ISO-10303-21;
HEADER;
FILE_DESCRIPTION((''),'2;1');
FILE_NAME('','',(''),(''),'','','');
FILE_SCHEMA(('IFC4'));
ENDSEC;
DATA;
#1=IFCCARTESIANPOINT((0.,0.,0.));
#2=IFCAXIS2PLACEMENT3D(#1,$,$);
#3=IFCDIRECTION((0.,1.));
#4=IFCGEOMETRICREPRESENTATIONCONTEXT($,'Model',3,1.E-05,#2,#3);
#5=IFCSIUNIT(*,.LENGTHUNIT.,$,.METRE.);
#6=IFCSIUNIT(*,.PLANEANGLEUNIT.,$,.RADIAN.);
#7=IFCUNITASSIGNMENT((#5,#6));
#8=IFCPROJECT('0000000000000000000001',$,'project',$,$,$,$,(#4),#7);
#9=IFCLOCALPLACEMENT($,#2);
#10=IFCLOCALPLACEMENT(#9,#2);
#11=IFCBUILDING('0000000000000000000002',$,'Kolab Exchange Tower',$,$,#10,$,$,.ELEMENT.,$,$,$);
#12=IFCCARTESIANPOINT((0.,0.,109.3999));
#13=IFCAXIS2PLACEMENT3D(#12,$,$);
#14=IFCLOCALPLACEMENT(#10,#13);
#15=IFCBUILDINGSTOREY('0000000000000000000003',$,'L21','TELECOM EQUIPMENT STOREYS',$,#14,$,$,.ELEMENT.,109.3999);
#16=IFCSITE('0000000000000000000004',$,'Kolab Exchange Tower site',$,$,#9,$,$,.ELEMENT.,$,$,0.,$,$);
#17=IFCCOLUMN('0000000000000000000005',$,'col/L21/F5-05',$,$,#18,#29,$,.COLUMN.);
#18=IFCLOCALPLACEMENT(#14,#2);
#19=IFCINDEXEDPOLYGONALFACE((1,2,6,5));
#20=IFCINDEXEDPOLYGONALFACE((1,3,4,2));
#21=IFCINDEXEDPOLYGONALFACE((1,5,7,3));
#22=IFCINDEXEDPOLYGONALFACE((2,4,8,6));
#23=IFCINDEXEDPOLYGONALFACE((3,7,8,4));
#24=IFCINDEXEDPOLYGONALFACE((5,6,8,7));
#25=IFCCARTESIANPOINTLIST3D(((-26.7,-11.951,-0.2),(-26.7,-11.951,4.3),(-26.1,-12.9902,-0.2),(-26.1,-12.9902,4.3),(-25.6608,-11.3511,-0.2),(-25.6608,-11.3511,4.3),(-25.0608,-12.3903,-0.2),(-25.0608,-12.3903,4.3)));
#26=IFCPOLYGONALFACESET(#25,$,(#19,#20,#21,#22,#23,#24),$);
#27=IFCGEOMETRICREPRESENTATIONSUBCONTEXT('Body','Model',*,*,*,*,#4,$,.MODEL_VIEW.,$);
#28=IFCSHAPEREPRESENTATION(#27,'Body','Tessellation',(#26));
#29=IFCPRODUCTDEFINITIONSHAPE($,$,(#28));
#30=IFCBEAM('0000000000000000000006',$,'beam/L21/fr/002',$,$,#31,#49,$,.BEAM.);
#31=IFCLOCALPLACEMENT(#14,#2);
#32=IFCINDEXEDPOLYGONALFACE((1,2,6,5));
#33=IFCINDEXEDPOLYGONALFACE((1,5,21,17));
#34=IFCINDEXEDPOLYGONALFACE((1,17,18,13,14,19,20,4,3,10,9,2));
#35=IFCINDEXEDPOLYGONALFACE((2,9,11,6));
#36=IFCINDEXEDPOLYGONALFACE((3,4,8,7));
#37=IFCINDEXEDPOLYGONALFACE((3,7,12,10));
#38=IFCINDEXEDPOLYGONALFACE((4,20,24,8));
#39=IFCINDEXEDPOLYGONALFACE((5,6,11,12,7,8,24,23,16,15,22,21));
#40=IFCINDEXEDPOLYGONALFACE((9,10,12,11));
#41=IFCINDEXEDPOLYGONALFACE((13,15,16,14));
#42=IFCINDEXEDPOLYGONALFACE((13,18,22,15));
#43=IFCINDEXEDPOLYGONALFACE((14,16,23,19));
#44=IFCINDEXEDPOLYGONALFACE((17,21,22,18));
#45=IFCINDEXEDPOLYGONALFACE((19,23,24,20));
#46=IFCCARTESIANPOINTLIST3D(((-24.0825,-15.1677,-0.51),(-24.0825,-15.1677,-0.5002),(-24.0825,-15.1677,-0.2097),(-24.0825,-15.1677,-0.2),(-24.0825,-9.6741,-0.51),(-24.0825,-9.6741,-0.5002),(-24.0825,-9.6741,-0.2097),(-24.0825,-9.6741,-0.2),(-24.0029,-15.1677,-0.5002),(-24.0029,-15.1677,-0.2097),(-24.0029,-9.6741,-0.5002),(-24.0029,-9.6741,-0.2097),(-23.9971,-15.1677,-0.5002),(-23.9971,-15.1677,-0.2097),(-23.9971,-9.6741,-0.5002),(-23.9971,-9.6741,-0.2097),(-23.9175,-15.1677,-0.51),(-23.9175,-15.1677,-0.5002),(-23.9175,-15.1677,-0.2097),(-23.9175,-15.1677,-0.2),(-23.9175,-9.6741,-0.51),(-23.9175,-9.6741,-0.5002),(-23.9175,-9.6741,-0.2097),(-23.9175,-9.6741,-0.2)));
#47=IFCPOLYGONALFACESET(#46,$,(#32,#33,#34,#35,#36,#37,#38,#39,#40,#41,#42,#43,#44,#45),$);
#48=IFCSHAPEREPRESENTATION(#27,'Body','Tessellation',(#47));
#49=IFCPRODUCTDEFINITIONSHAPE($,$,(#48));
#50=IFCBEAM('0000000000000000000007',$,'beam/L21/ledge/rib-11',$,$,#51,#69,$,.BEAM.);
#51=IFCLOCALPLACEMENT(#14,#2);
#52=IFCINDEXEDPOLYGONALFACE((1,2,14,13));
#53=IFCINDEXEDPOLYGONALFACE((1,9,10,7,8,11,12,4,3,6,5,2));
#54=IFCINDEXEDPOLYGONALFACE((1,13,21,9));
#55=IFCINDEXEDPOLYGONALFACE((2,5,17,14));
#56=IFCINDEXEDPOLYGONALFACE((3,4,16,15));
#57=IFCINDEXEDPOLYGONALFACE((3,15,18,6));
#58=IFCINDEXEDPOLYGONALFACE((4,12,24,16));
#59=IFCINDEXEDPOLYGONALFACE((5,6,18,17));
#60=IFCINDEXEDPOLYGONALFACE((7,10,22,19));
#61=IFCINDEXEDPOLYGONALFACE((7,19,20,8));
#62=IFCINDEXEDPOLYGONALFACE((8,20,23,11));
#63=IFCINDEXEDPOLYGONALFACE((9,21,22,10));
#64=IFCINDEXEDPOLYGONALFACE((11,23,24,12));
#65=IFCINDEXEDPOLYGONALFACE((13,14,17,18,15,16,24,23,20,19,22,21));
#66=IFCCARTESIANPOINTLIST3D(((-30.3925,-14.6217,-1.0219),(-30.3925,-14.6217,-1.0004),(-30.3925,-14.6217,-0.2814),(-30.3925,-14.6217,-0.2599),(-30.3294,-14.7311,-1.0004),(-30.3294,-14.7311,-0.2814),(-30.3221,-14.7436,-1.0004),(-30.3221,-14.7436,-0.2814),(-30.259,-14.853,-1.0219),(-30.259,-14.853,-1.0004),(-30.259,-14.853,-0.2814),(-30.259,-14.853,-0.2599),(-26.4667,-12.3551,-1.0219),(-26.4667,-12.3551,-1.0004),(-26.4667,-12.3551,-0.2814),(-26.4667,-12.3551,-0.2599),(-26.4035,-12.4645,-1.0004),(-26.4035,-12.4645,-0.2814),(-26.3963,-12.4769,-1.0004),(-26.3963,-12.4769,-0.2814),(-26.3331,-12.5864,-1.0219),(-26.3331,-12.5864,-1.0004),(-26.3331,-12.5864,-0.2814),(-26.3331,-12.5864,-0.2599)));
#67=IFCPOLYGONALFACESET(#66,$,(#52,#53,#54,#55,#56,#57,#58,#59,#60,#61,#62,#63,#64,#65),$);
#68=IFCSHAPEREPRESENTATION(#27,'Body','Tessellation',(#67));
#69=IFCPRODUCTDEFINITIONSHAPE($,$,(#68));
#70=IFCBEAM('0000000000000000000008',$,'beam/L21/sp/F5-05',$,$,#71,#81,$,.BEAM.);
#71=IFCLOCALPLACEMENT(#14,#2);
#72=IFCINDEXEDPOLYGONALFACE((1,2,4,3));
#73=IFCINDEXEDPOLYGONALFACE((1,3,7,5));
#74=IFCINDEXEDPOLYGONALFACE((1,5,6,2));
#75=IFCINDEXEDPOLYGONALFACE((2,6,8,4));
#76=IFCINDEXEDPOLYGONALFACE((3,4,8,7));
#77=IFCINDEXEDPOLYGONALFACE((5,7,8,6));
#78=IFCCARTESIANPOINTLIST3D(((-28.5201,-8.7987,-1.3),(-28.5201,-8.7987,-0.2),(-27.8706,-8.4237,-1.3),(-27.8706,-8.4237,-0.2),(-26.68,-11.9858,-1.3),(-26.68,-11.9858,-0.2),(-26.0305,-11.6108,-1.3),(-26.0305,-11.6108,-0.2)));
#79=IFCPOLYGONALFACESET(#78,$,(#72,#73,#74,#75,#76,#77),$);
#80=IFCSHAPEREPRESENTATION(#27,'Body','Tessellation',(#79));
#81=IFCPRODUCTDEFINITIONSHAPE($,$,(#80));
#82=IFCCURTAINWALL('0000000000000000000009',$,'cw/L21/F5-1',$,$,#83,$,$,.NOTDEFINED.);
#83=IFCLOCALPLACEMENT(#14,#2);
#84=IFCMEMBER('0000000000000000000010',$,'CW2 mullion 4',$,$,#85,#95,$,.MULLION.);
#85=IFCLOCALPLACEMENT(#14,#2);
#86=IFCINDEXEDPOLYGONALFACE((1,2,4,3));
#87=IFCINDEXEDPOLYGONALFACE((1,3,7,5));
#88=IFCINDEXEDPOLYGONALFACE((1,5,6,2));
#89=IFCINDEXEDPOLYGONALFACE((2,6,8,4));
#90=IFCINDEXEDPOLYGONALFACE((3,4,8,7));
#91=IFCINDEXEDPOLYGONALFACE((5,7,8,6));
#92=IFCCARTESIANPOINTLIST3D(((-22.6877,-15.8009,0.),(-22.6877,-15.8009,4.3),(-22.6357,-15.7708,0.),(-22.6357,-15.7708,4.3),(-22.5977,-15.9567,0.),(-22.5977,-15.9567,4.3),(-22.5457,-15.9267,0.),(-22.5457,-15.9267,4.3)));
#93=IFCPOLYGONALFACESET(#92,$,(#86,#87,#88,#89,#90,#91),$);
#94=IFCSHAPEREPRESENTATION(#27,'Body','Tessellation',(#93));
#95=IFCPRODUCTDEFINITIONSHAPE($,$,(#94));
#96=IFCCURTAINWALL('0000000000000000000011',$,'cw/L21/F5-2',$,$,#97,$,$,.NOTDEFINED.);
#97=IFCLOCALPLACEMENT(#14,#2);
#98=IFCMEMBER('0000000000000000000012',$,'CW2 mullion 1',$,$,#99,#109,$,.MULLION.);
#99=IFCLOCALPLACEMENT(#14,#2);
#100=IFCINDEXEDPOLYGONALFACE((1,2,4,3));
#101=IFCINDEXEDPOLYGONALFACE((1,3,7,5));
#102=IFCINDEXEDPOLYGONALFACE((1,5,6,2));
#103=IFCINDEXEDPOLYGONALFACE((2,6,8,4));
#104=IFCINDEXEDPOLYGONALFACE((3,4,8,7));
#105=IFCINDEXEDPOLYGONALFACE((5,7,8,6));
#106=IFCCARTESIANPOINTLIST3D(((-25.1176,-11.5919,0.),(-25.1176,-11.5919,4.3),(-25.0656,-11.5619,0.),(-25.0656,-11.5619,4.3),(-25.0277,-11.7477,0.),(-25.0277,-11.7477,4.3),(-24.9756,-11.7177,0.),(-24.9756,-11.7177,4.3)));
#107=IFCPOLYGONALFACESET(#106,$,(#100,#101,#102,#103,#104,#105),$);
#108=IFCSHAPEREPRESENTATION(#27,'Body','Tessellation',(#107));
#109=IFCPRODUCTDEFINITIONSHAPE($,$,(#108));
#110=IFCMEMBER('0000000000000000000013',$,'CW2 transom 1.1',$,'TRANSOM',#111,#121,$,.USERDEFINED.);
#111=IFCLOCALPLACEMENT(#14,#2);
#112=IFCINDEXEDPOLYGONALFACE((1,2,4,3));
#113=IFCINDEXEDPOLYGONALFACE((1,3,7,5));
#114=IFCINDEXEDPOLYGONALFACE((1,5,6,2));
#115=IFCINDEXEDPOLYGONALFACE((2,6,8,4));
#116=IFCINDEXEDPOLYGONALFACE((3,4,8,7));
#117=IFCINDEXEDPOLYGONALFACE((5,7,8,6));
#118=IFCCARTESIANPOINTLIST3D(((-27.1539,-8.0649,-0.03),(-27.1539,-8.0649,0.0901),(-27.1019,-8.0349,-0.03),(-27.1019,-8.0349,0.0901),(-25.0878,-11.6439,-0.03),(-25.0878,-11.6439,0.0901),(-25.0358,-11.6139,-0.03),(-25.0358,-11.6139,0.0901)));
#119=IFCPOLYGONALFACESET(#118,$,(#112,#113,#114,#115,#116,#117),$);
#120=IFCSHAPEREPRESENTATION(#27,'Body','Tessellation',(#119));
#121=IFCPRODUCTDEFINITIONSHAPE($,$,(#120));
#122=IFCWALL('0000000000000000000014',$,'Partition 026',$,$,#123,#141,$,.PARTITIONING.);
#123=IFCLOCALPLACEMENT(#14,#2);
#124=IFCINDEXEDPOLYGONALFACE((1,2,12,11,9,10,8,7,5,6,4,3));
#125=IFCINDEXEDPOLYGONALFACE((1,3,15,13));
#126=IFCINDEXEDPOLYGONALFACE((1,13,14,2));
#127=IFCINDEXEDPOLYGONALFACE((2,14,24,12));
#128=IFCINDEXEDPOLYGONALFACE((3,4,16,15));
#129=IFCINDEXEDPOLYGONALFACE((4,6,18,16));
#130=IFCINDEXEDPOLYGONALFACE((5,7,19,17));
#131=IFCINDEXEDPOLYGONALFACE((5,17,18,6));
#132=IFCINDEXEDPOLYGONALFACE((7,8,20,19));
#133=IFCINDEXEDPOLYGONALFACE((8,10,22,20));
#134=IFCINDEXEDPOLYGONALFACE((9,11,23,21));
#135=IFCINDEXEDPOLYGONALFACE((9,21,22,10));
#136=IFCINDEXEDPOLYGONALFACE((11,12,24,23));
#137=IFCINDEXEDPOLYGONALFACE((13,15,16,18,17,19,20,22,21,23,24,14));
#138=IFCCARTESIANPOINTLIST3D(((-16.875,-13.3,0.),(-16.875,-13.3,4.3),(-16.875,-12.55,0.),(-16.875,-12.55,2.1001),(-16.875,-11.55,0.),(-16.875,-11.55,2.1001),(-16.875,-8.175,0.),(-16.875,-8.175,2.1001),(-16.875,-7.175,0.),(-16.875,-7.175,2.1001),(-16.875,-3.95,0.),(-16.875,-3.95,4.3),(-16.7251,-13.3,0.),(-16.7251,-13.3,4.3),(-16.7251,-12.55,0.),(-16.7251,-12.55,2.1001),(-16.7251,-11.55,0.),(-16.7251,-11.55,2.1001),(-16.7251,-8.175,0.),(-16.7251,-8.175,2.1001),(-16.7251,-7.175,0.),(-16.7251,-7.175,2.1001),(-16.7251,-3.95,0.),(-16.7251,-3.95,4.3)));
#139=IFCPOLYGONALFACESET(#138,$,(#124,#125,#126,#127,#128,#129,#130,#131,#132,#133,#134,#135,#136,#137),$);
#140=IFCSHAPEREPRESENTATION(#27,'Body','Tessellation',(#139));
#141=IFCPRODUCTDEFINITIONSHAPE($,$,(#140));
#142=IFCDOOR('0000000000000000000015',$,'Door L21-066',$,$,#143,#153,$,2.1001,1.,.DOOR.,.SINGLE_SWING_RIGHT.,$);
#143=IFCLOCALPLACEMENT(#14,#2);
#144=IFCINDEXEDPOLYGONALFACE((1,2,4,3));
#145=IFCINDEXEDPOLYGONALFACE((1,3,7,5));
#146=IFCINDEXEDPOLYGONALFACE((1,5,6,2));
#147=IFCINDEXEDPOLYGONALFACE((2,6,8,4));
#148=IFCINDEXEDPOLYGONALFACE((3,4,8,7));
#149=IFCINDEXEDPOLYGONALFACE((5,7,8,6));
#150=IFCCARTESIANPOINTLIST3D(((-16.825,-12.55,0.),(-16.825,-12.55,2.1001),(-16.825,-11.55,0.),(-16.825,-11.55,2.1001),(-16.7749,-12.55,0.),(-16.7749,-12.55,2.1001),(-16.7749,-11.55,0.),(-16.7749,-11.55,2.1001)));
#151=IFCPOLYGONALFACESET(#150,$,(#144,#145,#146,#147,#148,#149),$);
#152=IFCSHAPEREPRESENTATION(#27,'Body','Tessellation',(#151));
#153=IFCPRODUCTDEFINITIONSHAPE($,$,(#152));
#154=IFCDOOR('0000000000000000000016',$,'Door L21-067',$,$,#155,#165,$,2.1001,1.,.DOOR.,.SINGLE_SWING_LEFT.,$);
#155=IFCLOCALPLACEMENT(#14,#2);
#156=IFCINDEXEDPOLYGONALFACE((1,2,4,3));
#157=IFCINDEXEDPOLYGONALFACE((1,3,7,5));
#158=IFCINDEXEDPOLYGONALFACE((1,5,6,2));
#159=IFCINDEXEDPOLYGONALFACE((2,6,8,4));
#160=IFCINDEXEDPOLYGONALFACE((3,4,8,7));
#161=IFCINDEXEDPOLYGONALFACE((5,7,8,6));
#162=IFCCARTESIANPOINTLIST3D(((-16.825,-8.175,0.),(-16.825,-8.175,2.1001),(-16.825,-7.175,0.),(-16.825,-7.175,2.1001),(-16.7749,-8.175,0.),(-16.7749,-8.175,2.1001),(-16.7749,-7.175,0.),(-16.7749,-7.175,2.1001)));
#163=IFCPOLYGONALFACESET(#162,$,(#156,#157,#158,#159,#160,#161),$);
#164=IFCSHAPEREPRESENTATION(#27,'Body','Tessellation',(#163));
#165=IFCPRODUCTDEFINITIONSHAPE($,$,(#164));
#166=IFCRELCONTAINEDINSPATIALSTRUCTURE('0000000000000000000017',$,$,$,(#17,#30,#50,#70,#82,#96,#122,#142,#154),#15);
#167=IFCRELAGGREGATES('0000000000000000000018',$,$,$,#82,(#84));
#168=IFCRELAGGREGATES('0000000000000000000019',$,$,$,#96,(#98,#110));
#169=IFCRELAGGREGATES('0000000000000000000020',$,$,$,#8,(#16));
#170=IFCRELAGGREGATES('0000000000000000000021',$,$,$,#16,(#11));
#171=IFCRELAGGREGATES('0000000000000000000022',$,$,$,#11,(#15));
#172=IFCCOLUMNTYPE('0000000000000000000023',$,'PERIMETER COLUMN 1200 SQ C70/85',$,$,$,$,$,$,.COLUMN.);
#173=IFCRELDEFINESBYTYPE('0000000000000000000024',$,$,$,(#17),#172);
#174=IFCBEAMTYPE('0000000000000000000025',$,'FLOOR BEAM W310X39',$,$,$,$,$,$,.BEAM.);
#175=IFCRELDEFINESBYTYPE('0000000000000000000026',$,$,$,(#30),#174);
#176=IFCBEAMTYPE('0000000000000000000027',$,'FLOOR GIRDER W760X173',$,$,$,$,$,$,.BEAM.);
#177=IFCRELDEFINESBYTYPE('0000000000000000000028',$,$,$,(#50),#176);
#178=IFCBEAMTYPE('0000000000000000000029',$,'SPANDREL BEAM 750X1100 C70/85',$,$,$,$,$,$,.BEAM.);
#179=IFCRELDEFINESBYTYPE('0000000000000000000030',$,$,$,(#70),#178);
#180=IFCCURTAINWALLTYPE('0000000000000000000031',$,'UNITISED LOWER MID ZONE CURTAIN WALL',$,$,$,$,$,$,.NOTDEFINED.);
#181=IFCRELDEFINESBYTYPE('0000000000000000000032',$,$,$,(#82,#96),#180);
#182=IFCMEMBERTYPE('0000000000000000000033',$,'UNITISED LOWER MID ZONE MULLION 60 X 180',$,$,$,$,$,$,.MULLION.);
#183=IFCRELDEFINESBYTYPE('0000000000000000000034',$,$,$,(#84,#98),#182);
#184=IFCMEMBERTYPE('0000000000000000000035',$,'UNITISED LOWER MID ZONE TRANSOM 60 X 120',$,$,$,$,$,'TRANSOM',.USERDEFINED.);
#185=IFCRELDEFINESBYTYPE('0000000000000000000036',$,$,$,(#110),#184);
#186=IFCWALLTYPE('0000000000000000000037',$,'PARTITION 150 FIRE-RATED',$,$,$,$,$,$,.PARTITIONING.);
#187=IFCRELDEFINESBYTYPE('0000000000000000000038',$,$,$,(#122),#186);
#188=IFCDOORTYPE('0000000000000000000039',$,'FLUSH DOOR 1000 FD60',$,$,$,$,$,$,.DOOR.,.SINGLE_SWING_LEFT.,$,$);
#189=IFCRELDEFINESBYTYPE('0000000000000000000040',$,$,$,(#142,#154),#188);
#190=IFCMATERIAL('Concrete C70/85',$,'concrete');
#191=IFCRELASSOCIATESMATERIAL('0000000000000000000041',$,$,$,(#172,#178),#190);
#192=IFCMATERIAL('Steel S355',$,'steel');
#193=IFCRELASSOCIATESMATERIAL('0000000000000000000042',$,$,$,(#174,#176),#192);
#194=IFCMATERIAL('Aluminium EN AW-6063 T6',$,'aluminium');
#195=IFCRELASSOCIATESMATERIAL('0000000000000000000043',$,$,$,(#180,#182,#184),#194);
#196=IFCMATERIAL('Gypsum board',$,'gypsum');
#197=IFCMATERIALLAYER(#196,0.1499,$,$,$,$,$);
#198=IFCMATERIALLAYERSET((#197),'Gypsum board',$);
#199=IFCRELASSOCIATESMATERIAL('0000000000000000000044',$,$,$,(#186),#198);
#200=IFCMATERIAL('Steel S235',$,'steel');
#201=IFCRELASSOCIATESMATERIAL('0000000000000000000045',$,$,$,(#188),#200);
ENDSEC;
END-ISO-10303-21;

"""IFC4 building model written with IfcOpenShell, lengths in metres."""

from ifc_helpers import new_model, si_unit, direction, frame, frame_2d, origin, origin_2d, place, context, subcontext, project, spatial, rectangle, i_section, extrude, material, layer, layer_set, material_profile, profile_set, type_object, element, fill, aggregate, save


model = new_model("IFC4")

# Units and contexts
model_context = context("Model", 3, precision=1e-05, world=origin(), true_north=direction((0.0, 1.0)))
body_context = subcontext(model_context, "Body", "Model", "MODEL_VIEW")
ifc_project = project(units=[si_unit("LENGTHUNIT", "METRE"), si_unit("PLANEANGLEUNIT", "RADIAN")], contexts=[model_context])

# Site, building, storey
site_placement = place(None, origin())
site = spatial("IfcSite", under=ifc_project, at=site_placement, Name="Kolab Exchange Tower site", CompositionType="ELEMENT", RefElevation=0.0)
building_placement = place(site_placement, origin())
building = spatial("IfcBuilding", under=site, at=building_placement, Name="Kolab Exchange Tower", CompositionType="ELEMENT")
storey_placement = place(building_placement, frame((0.0, 0.0, 109.3999)))
storey = spatial("IfcBuildingStorey", under=building, at=storey_placement, Name="L21", Description="TELECOM EQUIPMENT STOREYS", CompositionType="ELEMENT", Elevation=109.3999)

# Column
ifc_material_1 = material(Name="Concrete C70/85", Category="concrete")
ifc_material_profile_1 = material_profile(ifc_material_1, rectangle(XDim=1.2, YDim=1.2, at=origin_2d()), Name="RC1200")
ifc_profile_set_1 = profile_set([ifc_material_profile_1], Name="Concrete C70/85")
column_type = type_object("IfcColumnType", Name="PERIMETER COLUMN 1200 SQ C70/85", PredefinedType="COLUMN", material=ifc_profile_set_1)
column_placement = place(storey_placement, frame((-25.8804, -12.1707, -0.2), z_axis=(0.0, 0.0, 1.0), x_axis=(0.866025, 0.5, 0.0)))
element("IfcColumn", 1, at=column_placement, inside=storey, type_object=column_type, Name="col/L21/F5-05", PredefinedType="COLUMN", context=body_context, shape_type="SweptSolid", body=[
    extrude(rectangle(XDim=1.2, YDim=1.2, at=origin_2d()), origin(), (0.0, 0.0, 1.0), 4.5),
])

# Beams
ifc_material_2 = material(Name="Steel S355", Category="steel")
ifc_material_profile_2 = material_profile(ifc_material_2, i_section(OverallWidth=0.165, OverallDepth=0.3101, WebThickness=0.0059, FlangeThickness=0.0098, at=origin_2d()), Name="W310X39")
ifc_profile_set_2 = profile_set([ifc_material_profile_2], Name="Steel S355")
beam_type_1 = type_object("IfcBeamType", Name="FLOOR BEAM W310X39", PredefinedType="BEAM", material=ifc_profile_set_2)
beam_1_placement = place(storey_placement, frame((-24.0, -15.1677, -0.355), z_axis=(0.0, 1.0, 0.0), x_axis=(-1.0, 0.0, 0.0)))
element("IfcBeam", 2, at=beam_1_placement, inside=storey, type_object=beam_type_1, Name="beam/L21/fr/002", PredefinedType="BEAM", context=body_context, shape_type="SweptSolid", body=[
    extrude(i_section(OverallWidth=0.165, OverallDepth=0.3101, WebThickness=0.0059, FlangeThickness=0.0098, at=origin_2d()), origin(), (0.0, 0.0, 1.0), 5.4937),
])
ifc_material_profile_3 = material_profile(ifc_material_2, i_section(OverallWidth=0.2671, OverallDepth=0.762, WebThickness=0.0144, FlangeThickness=0.0215, at=origin_2d()), Name="W760X173")
ifc_profile_set_3 = profile_set([ifc_material_profile_3], Name="Steel S355")
beam_type_2 = type_object("IfcBeamType", Name="FLOOR GIRDER W760X173", PredefinedType="BEAM", material=ifc_profile_set_3)
beam_2_placement = place(storey_placement, frame((-26.3999, -12.4707, -0.6409), z_axis=(-0.866021, -0.500008, 0.0), x_axis=(0.500008, -0.866021, 0.0)))
element("IfcBeam", 3, at=beam_2_placement, inside=storey, type_object=beam_type_2, Name="beam/L21/ledge/rib-11", PredefinedType="BEAM", context=body_context, shape_type="SweptSolid", body=[
    extrude(i_section(OverallWidth=0.2671, OverallDepth=0.762, WebThickness=0.0144, FlangeThickness=0.0215, at=origin_2d()), origin(), (0.0, 0.0, 1.0), 4.5332),
])
ifc_material_profile_4 = material_profile(ifc_material_1, rectangle(XDim=0.75, YDim=1.1001, at=origin_2d()), Name="RC750X1100")
ifc_profile_set_4 = profile_set([ifc_material_profile_4], Name="Concrete C70/85")
beam_type_3 = type_object("IfcBeamType", Name="SPANDREL BEAM 750X1100 C70/85", PredefinedType="BEAM", material=ifc_profile_set_4)
beam_3_placement = place(storey_placement, frame((-26.3552, -11.7983, -0.75), z_axis=(-0.500013, 0.866018, 0.0), x_axis=(-0.866018, -0.500013, 0.0)))
element("IfcBeam", 4, at=beam_3_placement, inside=storey, type_object=beam_type_3, Name="beam/L21/sp/F5-05", PredefinedType="BEAM", context=body_context, shape_type="SweptSolid", body=[
    extrude(rectangle(XDim=0.75, YDim=1.1001, at=origin_2d()), origin(), (0.0, 0.0, 1.0), 3.6802),
])

# Curtain wall, member
ifc_material_3 = material(Name="Aluminium EN AW-6063 T6", Category="aluminium")
curtain_wall_type = type_object("IfcCurtainWallType", Name="UNITISED LOWER MID ZONE CURTAIN WALL", PredefinedType="NOTDEFINED", material=ifc_material_3)
curtain_wall_1_placement = place(storey_placement, origin())
curtain_wall_1 = element("IfcCurtainWall", 5, at=curtain_wall_1_placement, inside=storey, type_object=curtain_wall_type, Name="cw/L21/F5-1", PredefinedType="NOTDEFINED")
ifc_material_profile_5 = material_profile(ifc_material_3, rectangle(XDim=0.0601, YDim=0.1799, at=origin_2d()), Name="RECT 60X180")
ifc_profile_set_5 = profile_set([ifc_material_profile_5], Name="Aluminium EN AW-6063 T6")
member_type_1 = type_object("IfcMemberType", Name="UNITISED LOWER MID ZONE MULLION 60 X 180", PredefinedType="MULLION", material=ifc_profile_set_5)
member_1_placement = place(storey_placement, frame((-22.6167, -15.8638, 0.0), z_axis=(0.0, 0.0, 1.0), x_axis=(-0.866025, -0.5, 0.0)))
member_1 = element("IfcMember", 6, at=member_1_placement, type_object=member_type_1, Name="CW2 mullion 4", PredefinedType="MULLION", context=body_context, shape_type="SweptSolid", body=[
    extrude(rectangle(XDim=0.0601, YDim=0.1799, at=origin_2d()), origin(), (0.0, 0.0, 1.0), 4.3),
])
aggregate(curtain_wall_1, [member_1])

# Curtain wall, members
curtain_wall_2_placement = place(storey_placement, origin())
curtain_wall_2 = element("IfcCurtainWall", 7, at=curtain_wall_2_placement, inside=storey, type_object=curtain_wall_type, Name="cw/L21/F5-2", PredefinedType="NOTDEFINED")
member_2_placement = place(storey_placement, frame((-25.0466, -11.6548, 0.0), z_axis=(0.0, 0.0, 1.0), x_axis=(-0.866025, -0.5, 0.0)))
member_2 = element("IfcMember", 8, at=member_2_placement, type_object=member_type_1, Name="CW2 mullion 1", PredefinedType="MULLION", context=body_context, shape_type="SweptSolid", body=[
    extrude(rectangle(XDim=0.0601, YDim=0.1799, at=origin_2d()), origin(), (0.0, 0.0, 1.0), 4.3),
])
ifc_material_profile_6 = material_profile(ifc_material_3, rectangle(XDim=0.0601, YDim=0.1201, at=origin_2d()), Name="RECT 60X120")
ifc_profile_set_6 = profile_set([ifc_material_profile_6], Name="Aluminium EN AW-6063 T6")
member_type_2 = type_object("IfcMemberType", Name="UNITISED LOWER MID ZONE TRANSOM 60 X 120", ElementType="TRANSOM", PredefinedType="USERDEFINED", material=ifc_profile_set_6)
member_3_placement = place(storey_placement, frame((-25.0618, -11.6289, 0.03), z_axis=(-0.499958, 0.86605, 0.0), x_axis=(-0.86605, -0.499958, 0.0)))
member_3 = element("IfcMember", 9, at=member_3_placement, type_object=member_type_2, Name="CW2 transom 1.1", ObjectType="TRANSOM", PredefinedType="USERDEFINED", context=body_context, shape_type="SweptSolid", body=[
    extrude(rectangle(XDim=0.0601, YDim=0.1201, at=origin_2d()), origin(), (0.0, 0.0, 1.0), 4.1326),
])
aggregate(curtain_wall_2, [member_2, member_3])

# Wall, openings, doors
ifc_material_4 = material(Name="Gypsum board", Category="gypsum")
ifc_layer_1 = layer(ifc_material_4, 0.1499)
ifc_layer_set_1 = layer_set([ifc_layer_1], Name="Gypsum board")
wall_type_1 = type_object("IfcWallType", Name="PARTITION 150 FIRE-RATED", PredefinedType="PARTITIONING", material=ifc_layer_set_1)
wall_1_placement = place(storey_placement, frame((-16.8, -13.3, 0.0), z_axis=(0.0, 0.0, 1.0), x_axis=(0.0, 1.0, 0.0)))
wall_1 = element("IfcWall", 10, at=wall_1_placement, inside=storey, type_object=wall_type_1, Name="Partition 026", PredefinedType="PARTITIONING", context=body_context, shape_type="SweptSolid", body=[
    extrude(rectangle(XDim=9.3501, YDim=0.1499, at=frame_2d((4.675, 0.0))), origin(), (0.0, 0.0, 1.0), 4.3),
])
opening_1_placement = place(wall_1_placement, frame((0.75, 0.0, 0.0)))
opening_1 = element("IfcOpeningElement", 11, at=opening_1_placement, cuts=wall_1, PredefinedType="OPENING", context=body_context, shape_type="SweptSolid", body=[
    extrude(rectangle(XDim=1.0, YDim=2.1001, at=frame_2d((0.5, 1.05))), frame((0.0, 0.085, 0.0), z_axis=(0.0, -1.0, 0.0), x_axis=(1.0, 0.0, 0.0)), (0.0, 0.0, 1.0), 0.1699),
])
opening_2_placement = place(wall_1_placement, frame((5.125, 0.0, 0.0)))
opening_2 = element("IfcOpeningElement", 12, at=opening_2_placement, cuts=wall_1, PredefinedType="OPENING", context=body_context, shape_type="SweptSolid", body=[
    extrude(rectangle(XDim=1.0, YDim=2.1001, at=frame_2d((0.5, 1.05))), frame((0.0, 0.085, 0.0), z_axis=(0.0, -1.0, 0.0), x_axis=(1.0, 0.0, 0.0)), (0.0, 0.0, 1.0), 0.1699),
])
ifc_material_5 = material(Name="Steel S235", Category="steel")
door_type_1 = type_object("IfcDoorType", Name="FLUSH DOOR 1000 FD60", OperationType="SINGLE_SWING_LEFT", PredefinedType="DOOR", material=ifc_material_5)
door_1_placement = place(opening_1_placement, origin())
door_1 = element("IfcDoor", 13, at=door_1_placement, inside=storey, type_object=door_type_1, Name="Door L21-066", OperationType="SINGLE_SWING_RIGHT", OverallHeight=2.1001, OverallWidth=1.0, PredefinedType="DOOR", context=body_context, shape_type="SweptSolid", body=[
    extrude(rectangle(XDim=1.0, YDim=2.1001, at=frame_2d((0.5, 1.05))), frame((0.0, 0.0249, 0.0), z_axis=(0.0, -1.0, 0.0), x_axis=(1.0, 0.0, 0.0)), (0.0, 0.0, 1.0), 0.05),
])
fill(opening_1, door_1)
door_2_placement = place(opening_2_placement, origin())
door_2 = element("IfcDoor", 14, at=door_2_placement, inside=storey, type_object=door_type_1, Name="Door L21-067", OperationType="SINGLE_SWING_LEFT", OverallHeight=2.1001, OverallWidth=1.0, PredefinedType="DOOR", context=body_context, shape_type="SweptSolid", body=[
    extrude(rectangle(XDim=1.0, YDim=2.1001, at=frame_2d((0.5, 1.05))), frame((0.0, 0.0249, 0.0), z_axis=(0.0, -1.0, 0.0), x_axis=(1.0, 0.0, 0.0)), (0.0, 0.0, 1.0), 0.05),
])
fill(opening_2, door_2)

save(model, "model.ifc")
